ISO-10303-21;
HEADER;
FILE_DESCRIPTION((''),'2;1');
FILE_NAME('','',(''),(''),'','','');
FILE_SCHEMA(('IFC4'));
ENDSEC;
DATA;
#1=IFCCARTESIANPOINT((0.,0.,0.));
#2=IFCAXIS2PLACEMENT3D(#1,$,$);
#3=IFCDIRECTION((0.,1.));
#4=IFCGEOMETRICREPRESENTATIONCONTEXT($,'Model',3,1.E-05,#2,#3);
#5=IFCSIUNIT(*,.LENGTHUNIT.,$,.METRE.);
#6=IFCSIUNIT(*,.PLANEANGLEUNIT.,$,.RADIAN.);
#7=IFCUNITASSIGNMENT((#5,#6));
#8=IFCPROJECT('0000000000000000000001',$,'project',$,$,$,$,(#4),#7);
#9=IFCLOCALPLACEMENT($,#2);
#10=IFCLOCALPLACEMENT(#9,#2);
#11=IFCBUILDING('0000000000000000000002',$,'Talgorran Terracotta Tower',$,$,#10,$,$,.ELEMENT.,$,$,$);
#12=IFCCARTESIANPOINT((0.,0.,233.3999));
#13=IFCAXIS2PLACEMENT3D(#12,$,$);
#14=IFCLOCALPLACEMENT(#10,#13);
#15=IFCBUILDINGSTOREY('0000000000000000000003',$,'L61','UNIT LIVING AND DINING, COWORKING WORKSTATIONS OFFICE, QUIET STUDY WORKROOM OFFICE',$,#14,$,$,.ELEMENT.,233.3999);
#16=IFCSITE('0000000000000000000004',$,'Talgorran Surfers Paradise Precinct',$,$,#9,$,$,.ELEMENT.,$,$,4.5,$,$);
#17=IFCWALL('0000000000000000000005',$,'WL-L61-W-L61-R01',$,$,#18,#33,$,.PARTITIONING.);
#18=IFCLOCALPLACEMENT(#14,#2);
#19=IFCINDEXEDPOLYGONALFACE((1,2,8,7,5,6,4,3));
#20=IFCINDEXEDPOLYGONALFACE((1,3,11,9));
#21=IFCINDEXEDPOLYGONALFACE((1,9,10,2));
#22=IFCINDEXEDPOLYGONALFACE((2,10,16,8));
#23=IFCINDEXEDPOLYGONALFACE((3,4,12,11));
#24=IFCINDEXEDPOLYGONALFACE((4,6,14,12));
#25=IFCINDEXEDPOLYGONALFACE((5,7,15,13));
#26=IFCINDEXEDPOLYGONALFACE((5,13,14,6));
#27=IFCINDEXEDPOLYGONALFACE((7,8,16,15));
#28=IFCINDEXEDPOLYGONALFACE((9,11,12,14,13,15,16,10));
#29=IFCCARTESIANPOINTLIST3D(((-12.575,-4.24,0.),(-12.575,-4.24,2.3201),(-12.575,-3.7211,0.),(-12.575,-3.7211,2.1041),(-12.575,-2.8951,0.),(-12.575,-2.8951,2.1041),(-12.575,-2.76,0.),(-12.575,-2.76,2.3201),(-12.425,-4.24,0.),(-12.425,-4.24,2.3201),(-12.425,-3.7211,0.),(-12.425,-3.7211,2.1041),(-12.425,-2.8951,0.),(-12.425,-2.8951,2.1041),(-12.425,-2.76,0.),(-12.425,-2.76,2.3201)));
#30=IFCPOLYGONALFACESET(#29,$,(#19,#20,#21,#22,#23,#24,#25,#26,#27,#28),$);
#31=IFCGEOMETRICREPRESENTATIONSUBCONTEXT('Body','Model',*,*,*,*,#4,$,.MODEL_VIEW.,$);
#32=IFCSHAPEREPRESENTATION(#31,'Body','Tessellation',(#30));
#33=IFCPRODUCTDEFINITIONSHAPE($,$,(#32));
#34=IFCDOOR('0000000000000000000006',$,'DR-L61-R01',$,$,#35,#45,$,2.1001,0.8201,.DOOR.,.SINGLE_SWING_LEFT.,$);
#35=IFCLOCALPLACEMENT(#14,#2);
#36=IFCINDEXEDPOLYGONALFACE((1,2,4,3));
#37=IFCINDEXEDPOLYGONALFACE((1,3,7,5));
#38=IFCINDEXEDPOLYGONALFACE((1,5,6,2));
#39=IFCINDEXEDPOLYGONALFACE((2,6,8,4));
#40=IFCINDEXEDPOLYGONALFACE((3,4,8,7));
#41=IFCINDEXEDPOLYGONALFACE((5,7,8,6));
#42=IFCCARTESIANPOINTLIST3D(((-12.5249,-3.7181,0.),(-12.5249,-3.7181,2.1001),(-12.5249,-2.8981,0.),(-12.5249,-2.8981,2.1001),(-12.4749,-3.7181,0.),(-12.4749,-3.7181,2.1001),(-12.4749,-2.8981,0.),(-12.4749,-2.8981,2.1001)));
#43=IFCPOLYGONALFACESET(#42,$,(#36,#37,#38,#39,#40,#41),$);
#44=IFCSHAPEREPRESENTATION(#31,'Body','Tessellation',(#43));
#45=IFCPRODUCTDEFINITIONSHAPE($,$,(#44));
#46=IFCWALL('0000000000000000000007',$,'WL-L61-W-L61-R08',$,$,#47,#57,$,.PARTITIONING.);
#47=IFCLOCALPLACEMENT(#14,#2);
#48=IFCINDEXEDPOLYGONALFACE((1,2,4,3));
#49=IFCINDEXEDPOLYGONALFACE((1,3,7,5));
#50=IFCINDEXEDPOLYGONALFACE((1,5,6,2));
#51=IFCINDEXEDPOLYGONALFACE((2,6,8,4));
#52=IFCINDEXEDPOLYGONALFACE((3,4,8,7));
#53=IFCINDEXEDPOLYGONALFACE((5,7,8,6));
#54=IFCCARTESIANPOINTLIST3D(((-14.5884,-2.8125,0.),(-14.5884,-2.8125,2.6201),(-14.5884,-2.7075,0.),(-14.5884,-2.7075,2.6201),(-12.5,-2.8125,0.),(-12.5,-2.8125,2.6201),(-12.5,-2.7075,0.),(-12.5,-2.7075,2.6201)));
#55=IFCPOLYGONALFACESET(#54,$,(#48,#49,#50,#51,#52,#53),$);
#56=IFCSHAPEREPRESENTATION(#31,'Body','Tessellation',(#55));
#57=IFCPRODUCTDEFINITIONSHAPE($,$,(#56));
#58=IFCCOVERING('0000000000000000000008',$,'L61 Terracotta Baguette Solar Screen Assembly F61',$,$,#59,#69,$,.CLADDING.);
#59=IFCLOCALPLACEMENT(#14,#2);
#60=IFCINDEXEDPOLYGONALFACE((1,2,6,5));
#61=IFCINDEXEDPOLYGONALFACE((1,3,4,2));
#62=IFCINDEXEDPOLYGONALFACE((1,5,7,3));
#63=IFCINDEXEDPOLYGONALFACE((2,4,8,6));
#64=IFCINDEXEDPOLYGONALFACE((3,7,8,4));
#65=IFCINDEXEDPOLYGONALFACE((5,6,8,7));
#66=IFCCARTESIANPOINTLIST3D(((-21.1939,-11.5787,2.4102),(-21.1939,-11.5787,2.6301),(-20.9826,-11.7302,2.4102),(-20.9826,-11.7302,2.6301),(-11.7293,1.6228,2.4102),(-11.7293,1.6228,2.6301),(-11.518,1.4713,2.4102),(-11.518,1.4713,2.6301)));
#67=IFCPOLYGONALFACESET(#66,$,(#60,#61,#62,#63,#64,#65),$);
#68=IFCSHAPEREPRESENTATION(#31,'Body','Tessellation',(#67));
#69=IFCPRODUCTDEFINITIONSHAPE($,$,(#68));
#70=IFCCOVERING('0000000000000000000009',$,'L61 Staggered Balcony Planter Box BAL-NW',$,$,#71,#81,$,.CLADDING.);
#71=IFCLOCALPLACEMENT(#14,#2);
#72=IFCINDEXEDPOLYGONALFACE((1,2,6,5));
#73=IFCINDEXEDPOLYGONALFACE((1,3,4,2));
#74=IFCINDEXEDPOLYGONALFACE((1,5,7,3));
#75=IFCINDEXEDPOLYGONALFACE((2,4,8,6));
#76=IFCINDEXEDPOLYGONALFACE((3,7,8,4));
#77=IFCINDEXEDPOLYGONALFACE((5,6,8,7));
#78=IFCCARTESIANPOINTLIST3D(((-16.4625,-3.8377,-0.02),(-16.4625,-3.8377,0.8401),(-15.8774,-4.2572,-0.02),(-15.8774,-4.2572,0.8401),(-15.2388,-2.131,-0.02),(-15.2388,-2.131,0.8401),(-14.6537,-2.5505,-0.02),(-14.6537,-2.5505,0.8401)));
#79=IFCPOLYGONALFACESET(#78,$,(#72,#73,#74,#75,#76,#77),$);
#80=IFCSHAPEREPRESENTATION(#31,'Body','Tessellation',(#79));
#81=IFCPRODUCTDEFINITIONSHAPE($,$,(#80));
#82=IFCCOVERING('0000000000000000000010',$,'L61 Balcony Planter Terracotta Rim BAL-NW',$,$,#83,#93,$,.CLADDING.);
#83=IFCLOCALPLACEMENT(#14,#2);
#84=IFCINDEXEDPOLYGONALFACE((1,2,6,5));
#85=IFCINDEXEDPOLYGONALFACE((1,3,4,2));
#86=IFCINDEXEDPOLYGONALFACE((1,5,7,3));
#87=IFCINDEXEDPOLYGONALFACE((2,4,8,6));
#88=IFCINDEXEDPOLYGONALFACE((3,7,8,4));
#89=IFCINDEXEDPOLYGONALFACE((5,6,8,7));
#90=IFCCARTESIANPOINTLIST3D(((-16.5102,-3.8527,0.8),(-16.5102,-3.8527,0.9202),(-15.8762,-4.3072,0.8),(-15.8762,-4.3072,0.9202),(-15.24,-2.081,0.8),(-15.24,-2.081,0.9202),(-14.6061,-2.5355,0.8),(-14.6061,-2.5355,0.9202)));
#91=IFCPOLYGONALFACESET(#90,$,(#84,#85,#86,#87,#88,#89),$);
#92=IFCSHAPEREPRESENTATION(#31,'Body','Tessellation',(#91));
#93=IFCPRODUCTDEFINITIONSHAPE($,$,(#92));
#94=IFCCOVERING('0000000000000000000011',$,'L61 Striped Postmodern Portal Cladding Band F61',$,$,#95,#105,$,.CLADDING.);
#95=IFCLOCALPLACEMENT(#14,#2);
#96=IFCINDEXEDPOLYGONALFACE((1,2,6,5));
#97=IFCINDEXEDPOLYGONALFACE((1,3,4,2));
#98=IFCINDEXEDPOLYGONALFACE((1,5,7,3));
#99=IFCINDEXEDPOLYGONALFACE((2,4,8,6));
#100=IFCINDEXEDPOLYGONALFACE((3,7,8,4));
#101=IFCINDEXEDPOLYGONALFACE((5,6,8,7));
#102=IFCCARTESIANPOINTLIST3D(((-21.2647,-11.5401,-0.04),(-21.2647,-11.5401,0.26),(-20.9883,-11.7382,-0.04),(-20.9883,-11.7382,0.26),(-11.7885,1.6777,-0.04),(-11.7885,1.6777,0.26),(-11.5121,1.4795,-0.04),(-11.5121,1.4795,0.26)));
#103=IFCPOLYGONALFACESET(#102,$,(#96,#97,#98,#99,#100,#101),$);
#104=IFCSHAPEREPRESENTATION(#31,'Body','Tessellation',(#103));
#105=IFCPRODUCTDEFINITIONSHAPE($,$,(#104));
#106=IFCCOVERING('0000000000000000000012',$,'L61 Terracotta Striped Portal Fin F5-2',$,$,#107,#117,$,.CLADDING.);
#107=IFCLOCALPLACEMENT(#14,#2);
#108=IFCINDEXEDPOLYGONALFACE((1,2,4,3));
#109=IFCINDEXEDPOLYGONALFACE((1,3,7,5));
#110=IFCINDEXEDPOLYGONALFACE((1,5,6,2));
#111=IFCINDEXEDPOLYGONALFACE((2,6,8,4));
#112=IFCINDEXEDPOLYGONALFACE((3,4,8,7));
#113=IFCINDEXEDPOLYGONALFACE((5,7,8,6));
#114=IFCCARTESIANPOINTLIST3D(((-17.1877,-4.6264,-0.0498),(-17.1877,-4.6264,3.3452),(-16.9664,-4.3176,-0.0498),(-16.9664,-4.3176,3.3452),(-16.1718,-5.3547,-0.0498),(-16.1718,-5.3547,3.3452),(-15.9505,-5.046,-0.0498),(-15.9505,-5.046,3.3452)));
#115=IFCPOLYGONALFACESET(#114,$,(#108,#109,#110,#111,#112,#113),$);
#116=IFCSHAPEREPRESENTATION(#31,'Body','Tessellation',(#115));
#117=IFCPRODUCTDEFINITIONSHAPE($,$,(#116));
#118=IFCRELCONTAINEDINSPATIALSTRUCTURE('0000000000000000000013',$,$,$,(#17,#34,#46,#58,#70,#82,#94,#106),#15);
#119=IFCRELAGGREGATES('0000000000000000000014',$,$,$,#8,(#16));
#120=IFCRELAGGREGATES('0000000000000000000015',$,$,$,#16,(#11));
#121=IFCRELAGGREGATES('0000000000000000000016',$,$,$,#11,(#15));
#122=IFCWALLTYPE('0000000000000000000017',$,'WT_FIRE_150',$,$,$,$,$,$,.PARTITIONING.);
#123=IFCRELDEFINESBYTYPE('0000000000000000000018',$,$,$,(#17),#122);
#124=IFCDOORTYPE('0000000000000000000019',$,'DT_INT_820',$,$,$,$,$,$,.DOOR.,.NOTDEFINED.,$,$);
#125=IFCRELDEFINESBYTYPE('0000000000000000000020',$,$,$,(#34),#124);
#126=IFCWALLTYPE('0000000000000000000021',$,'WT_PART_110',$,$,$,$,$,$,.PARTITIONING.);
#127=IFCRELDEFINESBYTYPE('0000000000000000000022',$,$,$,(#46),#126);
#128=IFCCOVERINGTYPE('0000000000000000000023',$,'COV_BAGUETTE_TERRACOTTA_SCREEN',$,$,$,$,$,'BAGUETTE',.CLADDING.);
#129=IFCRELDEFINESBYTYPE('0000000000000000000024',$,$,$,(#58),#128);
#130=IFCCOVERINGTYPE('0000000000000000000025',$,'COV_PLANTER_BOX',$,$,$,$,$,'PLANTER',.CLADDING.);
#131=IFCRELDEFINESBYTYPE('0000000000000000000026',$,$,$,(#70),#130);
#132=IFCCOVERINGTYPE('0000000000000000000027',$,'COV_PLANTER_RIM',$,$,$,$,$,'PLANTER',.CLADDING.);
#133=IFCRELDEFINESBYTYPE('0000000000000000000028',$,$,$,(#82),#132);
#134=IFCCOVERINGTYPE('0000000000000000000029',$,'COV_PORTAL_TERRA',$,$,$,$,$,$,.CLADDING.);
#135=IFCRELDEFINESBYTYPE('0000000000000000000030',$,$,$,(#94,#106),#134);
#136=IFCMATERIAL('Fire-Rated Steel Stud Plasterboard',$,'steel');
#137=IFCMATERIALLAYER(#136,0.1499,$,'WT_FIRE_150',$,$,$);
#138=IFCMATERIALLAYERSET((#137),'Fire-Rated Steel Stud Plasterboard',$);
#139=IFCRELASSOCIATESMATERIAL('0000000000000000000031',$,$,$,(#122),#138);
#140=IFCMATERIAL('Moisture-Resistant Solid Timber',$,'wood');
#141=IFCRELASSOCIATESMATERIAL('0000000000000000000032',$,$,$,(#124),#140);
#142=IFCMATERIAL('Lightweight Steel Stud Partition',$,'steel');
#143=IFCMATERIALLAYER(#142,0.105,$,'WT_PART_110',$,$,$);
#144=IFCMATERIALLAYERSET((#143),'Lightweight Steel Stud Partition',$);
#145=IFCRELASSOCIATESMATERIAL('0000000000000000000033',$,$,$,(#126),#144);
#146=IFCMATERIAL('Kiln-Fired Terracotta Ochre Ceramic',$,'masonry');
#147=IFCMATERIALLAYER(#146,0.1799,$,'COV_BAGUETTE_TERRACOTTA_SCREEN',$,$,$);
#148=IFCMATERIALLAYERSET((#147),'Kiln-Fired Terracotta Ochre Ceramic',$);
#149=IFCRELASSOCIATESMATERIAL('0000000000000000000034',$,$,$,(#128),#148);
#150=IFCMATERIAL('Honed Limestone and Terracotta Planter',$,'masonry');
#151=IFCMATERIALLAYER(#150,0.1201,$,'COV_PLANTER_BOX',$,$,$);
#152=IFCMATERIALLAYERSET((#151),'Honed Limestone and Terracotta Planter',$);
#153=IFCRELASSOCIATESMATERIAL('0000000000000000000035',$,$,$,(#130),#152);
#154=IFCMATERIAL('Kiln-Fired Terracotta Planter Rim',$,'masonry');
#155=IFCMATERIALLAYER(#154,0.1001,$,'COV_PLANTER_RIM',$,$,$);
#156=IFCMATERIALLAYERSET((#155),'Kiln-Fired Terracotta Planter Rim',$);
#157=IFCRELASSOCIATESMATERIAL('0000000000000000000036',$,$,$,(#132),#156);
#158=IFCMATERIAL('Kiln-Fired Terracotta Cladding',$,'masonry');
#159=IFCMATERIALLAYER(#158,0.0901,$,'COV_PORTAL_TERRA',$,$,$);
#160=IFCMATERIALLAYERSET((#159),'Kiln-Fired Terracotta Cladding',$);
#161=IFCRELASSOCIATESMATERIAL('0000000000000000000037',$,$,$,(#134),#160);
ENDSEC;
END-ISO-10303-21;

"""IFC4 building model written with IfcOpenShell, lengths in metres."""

from ifc_helpers import new_model, si_unit, direction, frame, frame_2d, origin, origin_2d, place, context, subcontext, project, spatial, rectangle, extrude, material, layer, layer_set, type_object, element, fill, save


model = new_model("IFC4")

# Units and contexts
model_context = context("Model", 3, precision=1e-05, world=origin(), true_north=direction((0.0, 1.0)))
body_context = subcontext(model_context, "Body", "Model", "MODEL_VIEW")
ifc_project = project(units=[si_unit("LENGTHUNIT", "METRE"), si_unit("PLANEANGLEUNIT", "RADIAN")], contexts=[model_context])

# Site, building, storey
site_placement = place(None, origin())
site = spatial("IfcSite", under=ifc_project, at=site_placement, Name="Talgorran Surfers Paradise Precinct", CompositionType="ELEMENT", RefElevation=4.5)
building_placement = place(site_placement, origin())
building = spatial("IfcBuilding", under=site, at=building_placement, Name="Talgorran Terracotta Tower", CompositionType="ELEMENT")
storey_placement = place(building_placement, frame((0.0, 0.0, 233.3999)))
storey = spatial("IfcBuildingStorey", under=building, at=storey_placement, Name="L61", Description="UNIT LIVING AND DINING, COWORKING WORKSTATIONS OFFICE, QUIET STUDY WORKROOM OFFICE", CompositionType="ELEMENT", Elevation=233.3999)

# Wall, opening, door
ifc_material_1 = material(Name="Fire-Rated Steel Stud Plasterboard", Category="steel")
ifc_layer_1 = layer(ifc_material_1, 0.1499, Name="WT_FIRE_150")
ifc_layer_set_1 = layer_set([ifc_layer_1], Name="Fire-Rated Steel Stud Plasterboard")
wall_type_1 = type_object("IfcWallType", Name="WT_FIRE_150", PredefinedType="PARTITIONING", material=ifc_layer_set_1)
wall_1_placement = place(storey_placement, frame((-12.5, -4.24, 0.0), z_axis=(0.0, 0.0, 1.0), x_axis=(0.0, 1.0, 0.0)))
wall_1 = element("IfcWall", 1, at=wall_1_placement, inside=storey, type_object=wall_type_1, Name="WL-L61-W-L61-R01", PredefinedType="PARTITIONING", context=body_context, shape_type="SweptSolid", body=[
    extrude(rectangle(XDim=1.48, YDim=0.1499, at=frame_2d((0.74, 0.0))), origin(), (0.0, 0.0, 1.0), 2.3201),
])
opening_1_placement = place(wall_1_placement, frame((0.5217, 0.0, 0.0)))
opening_1 = element("IfcOpeningElement", 2, at=opening_1_placement, cuts=wall_1, PredefinedType="OPENING", context=body_context, shape_type="SweptSolid", body=[
    extrude(rectangle(XDim=0.8261, YDim=2.1041, at=frame_2d((0.4102, 1.052))), frame((0.0, 0.085, 0.0), z_axis=(0.0, -1.0, 0.0), x_axis=(1.0, 0.0, 0.0)), (0.0, 0.0, 1.0), 0.1699),
])
ifc_material_2 = material(Name="Moisture-Resistant Solid Timber", Category="wood")
door_type_1 = type_object("IfcDoorType", Name="DT_INT_820", OperationType="NOTDEFINED", PredefinedType="DOOR", material=ifc_material_2)
door_1_placement = place(opening_1_placement, origin())
door_1 = element("IfcDoor", 3, at=door_1_placement, inside=storey, type_object=door_type_1, Name="DR-L61-R01", OperationType="SINGLE_SWING_LEFT", OverallHeight=2.1001, OverallWidth=0.8201, PredefinedType="DOOR", context=body_context, shape_type="SweptSolid", body=[
    extrude(rectangle(XDim=0.8201, YDim=2.1001, at=frame_2d((0.4102, 1.05))), frame((0.0, 0.0249, 0.0), z_axis=(0.0, -1.0, 0.0), x_axis=(1.0, 0.0, 0.0)), (0.0, 0.0, 1.0), 0.05),
])
fill(opening_1, door_1)

# Wall
ifc_material_3 = material(Name="Lightweight Steel Stud Partition", Category="steel")
ifc_layer_2 = layer(ifc_material_3, 0.105, Name="WT_PART_110")
ifc_layer_set_2 = layer_set([ifc_layer_2], Name="Lightweight Steel Stud Partition")
wall_type_2 = type_object("IfcWallType", Name="WT_PART_110", PredefinedType="PARTITIONING", material=ifc_layer_set_2)
wall_2_placement = place(storey_placement, frame((-14.5884, -2.76, 0.0), z_axis=(0.0, 0.0, 1.0), x_axis=(1.0, 0.0, 0.0)))
element("IfcWall", 4, at=wall_2_placement, inside=storey, type_object=wall_type_2, Name="WL-L61-W-L61-R08", PredefinedType="PARTITIONING", context=body_context, shape_type="SweptSolid", body=[
    extrude(rectangle(XDim=2.0884, YDim=0.105, at=frame_2d((1.0442, 0.0))), origin(), (0.0, 0.0, 1.0), 2.6201),
])

# Coverings
ifc_material_4 = material(Name="Kiln-Fired Terracotta Ochre Ceramic", Category="masonry")
ifc_layer_3 = layer(ifc_material_4, 0.1799, Name="COV_BAGUETTE_TERRACOTTA_SCREEN")
ifc_layer_set_3 = layer_set([ifc_layer_3], Name="Kiln-Fired Terracotta Ochre Ceramic")
covering_type_1 = type_object("IfcCoveringType", Name="COV_BAGUETTE_TERRACOTTA_SCREEN", ElementType="BAGUETTE", PredefinedType="CLADDING", material=ifc_layer_set_3)
covering_1_placement = place(storey_placement, frame((-16.356, -5.0537, 2.4102), z_axis=(0.0, 0.0, 1.0), x_axis=(-0.582662, -0.812715, 0.0)))
element("IfcCovering", 5, at=covering_1_placement, inside=storey, type_object=covering_type_1, Name="L61 Terracotta Baguette Solar Screen Assembly F61", PredefinedType="CLADDING", context=body_context, shape_type="SweptSolid", body=[
    extrude(rectangle(XDim=16.2437, YDim=0.26, at=origin_2d()), origin(), (0.0, 0.0, 1.0), 0.22),
])
ifc_material_5 = material(Name="Honed Limestone and Terracotta Planter", Category="masonry")
ifc_layer_4 = layer(ifc_material_5, 0.1201, Name="COV_PLANTER_BOX")
ifc_layer_set_4 = layer_set([ifc_layer_4], Name="Honed Limestone and Terracotta Planter")
covering_type_2 = type_object("IfcCoveringType", Name="COV_PLANTER_BOX", ElementType="PLANTER", PredefinedType="CLADDING", material=ifc_layer_set_4)
covering_2_placement = place(storey_placement, frame((-15.5581, -3.1941, -0.02), z_axis=(0.0, 0.0, 1.0), x_axis=(-0.582662, -0.812715, 0.0)))
element("IfcCovering", 6, at=covering_2_placement, inside=storey, type_object=covering_type_2, Name="L61 Staggered Balcony Planter Box BAL-NW", PredefinedType="CLADDING", context=body_context, shape_type="SweptSolid", body=[
    extrude(rectangle(XDim=2.1001, YDim=0.72, at=origin_2d()), origin(), (0.0, 0.0, 1.0), 0.8601),
])
ifc_material_6 = material(Name="Kiln-Fired Terracotta Planter Rim", Category="masonry")
ifc_layer_5 = layer(ifc_material_6, 0.1001, Name="COV_PLANTER_RIM")
ifc_layer_set_5 = layer_set([ifc_layer_5], Name="Kiln-Fired Terracotta Planter Rim")
covering_type_3 = type_object("IfcCoveringType", Name="COV_PLANTER_RIM", ElementType="PLANTER", PredefinedType="CLADDING", material=ifc_layer_set_5)
covering_3_placement = place(storey_placement, frame((-15.5581, -3.1941, 0.8), z_axis=(0.0, 0.0, 1.0), x_axis=(-0.582662, -0.812715, 0.0)))
element("IfcCovering", 7, at=covering_3_placement, inside=storey, type_object=covering_type_3, Name="L61 Balcony Planter Terracotta Rim BAL-NW", PredefinedType="CLADDING", context=body_context, shape_type="SweptSolid", body=[
    extrude(rectangle(XDim=2.1799, YDim=0.78, at=origin_2d()), origin(), (0.0, 0.0, 1.0), 0.1201),
])
ifc_material_7 = material(Name="Kiln-Fired Terracotta Cladding", Category="masonry")
ifc_layer_6 = layer(ifc_material_7, 0.0901, Name="COV_PORTAL_TERRA")
ifc_layer_set_6 = layer_set([ifc_layer_6], Name="Kiln-Fired Terracotta Cladding")
covering_type_4 = type_object("IfcCoveringType", Name="COV_PORTAL_TERRA", PredefinedType="CLADDING", material=ifc_layer_set_6)
covering_4_placement = place(storey_placement, frame((-16.3884, -5.0303, -0.04), z_axis=(0.0, 0.0, 1.0), x_axis=(-0.582662, -0.812715, 0.0)))
element("IfcCovering", 8, at=covering_4_placement, inside=storey, type_object=covering_type_4, Name="L61 Striped Postmodern Portal Cladding Band F61", PredefinedType="CLADDING", context=body_context, shape_type="SweptSolid", body=[
    extrude(rectangle(XDim=16.2637, YDim=0.3401, at=origin_2d()), origin(), (0.0, 0.0, 1.0), 0.3),
])
covering_5_placement = place(storey_placement, frame((-16.5691, -4.8362, -0.0498), z_axis=(0.0, 0.0, 1.0), x_axis=(-0.582662, -0.812715, 0.0)))
element("IfcCovering", 9, at=covering_5_placement, inside=storey, type_object=covering_type_4, Name="L61 Terracotta Striped Portal Fin F5-2", PredefinedType="CLADDING", context=body_context, shape_type="SweptSolid", body=[
    extrude(rectangle(XDim=0.3799, YDim=1.25, at=origin_2d()), origin(), (0.0, 0.0, 1.0), 3.395),
])

save(model, "model.ifc")
